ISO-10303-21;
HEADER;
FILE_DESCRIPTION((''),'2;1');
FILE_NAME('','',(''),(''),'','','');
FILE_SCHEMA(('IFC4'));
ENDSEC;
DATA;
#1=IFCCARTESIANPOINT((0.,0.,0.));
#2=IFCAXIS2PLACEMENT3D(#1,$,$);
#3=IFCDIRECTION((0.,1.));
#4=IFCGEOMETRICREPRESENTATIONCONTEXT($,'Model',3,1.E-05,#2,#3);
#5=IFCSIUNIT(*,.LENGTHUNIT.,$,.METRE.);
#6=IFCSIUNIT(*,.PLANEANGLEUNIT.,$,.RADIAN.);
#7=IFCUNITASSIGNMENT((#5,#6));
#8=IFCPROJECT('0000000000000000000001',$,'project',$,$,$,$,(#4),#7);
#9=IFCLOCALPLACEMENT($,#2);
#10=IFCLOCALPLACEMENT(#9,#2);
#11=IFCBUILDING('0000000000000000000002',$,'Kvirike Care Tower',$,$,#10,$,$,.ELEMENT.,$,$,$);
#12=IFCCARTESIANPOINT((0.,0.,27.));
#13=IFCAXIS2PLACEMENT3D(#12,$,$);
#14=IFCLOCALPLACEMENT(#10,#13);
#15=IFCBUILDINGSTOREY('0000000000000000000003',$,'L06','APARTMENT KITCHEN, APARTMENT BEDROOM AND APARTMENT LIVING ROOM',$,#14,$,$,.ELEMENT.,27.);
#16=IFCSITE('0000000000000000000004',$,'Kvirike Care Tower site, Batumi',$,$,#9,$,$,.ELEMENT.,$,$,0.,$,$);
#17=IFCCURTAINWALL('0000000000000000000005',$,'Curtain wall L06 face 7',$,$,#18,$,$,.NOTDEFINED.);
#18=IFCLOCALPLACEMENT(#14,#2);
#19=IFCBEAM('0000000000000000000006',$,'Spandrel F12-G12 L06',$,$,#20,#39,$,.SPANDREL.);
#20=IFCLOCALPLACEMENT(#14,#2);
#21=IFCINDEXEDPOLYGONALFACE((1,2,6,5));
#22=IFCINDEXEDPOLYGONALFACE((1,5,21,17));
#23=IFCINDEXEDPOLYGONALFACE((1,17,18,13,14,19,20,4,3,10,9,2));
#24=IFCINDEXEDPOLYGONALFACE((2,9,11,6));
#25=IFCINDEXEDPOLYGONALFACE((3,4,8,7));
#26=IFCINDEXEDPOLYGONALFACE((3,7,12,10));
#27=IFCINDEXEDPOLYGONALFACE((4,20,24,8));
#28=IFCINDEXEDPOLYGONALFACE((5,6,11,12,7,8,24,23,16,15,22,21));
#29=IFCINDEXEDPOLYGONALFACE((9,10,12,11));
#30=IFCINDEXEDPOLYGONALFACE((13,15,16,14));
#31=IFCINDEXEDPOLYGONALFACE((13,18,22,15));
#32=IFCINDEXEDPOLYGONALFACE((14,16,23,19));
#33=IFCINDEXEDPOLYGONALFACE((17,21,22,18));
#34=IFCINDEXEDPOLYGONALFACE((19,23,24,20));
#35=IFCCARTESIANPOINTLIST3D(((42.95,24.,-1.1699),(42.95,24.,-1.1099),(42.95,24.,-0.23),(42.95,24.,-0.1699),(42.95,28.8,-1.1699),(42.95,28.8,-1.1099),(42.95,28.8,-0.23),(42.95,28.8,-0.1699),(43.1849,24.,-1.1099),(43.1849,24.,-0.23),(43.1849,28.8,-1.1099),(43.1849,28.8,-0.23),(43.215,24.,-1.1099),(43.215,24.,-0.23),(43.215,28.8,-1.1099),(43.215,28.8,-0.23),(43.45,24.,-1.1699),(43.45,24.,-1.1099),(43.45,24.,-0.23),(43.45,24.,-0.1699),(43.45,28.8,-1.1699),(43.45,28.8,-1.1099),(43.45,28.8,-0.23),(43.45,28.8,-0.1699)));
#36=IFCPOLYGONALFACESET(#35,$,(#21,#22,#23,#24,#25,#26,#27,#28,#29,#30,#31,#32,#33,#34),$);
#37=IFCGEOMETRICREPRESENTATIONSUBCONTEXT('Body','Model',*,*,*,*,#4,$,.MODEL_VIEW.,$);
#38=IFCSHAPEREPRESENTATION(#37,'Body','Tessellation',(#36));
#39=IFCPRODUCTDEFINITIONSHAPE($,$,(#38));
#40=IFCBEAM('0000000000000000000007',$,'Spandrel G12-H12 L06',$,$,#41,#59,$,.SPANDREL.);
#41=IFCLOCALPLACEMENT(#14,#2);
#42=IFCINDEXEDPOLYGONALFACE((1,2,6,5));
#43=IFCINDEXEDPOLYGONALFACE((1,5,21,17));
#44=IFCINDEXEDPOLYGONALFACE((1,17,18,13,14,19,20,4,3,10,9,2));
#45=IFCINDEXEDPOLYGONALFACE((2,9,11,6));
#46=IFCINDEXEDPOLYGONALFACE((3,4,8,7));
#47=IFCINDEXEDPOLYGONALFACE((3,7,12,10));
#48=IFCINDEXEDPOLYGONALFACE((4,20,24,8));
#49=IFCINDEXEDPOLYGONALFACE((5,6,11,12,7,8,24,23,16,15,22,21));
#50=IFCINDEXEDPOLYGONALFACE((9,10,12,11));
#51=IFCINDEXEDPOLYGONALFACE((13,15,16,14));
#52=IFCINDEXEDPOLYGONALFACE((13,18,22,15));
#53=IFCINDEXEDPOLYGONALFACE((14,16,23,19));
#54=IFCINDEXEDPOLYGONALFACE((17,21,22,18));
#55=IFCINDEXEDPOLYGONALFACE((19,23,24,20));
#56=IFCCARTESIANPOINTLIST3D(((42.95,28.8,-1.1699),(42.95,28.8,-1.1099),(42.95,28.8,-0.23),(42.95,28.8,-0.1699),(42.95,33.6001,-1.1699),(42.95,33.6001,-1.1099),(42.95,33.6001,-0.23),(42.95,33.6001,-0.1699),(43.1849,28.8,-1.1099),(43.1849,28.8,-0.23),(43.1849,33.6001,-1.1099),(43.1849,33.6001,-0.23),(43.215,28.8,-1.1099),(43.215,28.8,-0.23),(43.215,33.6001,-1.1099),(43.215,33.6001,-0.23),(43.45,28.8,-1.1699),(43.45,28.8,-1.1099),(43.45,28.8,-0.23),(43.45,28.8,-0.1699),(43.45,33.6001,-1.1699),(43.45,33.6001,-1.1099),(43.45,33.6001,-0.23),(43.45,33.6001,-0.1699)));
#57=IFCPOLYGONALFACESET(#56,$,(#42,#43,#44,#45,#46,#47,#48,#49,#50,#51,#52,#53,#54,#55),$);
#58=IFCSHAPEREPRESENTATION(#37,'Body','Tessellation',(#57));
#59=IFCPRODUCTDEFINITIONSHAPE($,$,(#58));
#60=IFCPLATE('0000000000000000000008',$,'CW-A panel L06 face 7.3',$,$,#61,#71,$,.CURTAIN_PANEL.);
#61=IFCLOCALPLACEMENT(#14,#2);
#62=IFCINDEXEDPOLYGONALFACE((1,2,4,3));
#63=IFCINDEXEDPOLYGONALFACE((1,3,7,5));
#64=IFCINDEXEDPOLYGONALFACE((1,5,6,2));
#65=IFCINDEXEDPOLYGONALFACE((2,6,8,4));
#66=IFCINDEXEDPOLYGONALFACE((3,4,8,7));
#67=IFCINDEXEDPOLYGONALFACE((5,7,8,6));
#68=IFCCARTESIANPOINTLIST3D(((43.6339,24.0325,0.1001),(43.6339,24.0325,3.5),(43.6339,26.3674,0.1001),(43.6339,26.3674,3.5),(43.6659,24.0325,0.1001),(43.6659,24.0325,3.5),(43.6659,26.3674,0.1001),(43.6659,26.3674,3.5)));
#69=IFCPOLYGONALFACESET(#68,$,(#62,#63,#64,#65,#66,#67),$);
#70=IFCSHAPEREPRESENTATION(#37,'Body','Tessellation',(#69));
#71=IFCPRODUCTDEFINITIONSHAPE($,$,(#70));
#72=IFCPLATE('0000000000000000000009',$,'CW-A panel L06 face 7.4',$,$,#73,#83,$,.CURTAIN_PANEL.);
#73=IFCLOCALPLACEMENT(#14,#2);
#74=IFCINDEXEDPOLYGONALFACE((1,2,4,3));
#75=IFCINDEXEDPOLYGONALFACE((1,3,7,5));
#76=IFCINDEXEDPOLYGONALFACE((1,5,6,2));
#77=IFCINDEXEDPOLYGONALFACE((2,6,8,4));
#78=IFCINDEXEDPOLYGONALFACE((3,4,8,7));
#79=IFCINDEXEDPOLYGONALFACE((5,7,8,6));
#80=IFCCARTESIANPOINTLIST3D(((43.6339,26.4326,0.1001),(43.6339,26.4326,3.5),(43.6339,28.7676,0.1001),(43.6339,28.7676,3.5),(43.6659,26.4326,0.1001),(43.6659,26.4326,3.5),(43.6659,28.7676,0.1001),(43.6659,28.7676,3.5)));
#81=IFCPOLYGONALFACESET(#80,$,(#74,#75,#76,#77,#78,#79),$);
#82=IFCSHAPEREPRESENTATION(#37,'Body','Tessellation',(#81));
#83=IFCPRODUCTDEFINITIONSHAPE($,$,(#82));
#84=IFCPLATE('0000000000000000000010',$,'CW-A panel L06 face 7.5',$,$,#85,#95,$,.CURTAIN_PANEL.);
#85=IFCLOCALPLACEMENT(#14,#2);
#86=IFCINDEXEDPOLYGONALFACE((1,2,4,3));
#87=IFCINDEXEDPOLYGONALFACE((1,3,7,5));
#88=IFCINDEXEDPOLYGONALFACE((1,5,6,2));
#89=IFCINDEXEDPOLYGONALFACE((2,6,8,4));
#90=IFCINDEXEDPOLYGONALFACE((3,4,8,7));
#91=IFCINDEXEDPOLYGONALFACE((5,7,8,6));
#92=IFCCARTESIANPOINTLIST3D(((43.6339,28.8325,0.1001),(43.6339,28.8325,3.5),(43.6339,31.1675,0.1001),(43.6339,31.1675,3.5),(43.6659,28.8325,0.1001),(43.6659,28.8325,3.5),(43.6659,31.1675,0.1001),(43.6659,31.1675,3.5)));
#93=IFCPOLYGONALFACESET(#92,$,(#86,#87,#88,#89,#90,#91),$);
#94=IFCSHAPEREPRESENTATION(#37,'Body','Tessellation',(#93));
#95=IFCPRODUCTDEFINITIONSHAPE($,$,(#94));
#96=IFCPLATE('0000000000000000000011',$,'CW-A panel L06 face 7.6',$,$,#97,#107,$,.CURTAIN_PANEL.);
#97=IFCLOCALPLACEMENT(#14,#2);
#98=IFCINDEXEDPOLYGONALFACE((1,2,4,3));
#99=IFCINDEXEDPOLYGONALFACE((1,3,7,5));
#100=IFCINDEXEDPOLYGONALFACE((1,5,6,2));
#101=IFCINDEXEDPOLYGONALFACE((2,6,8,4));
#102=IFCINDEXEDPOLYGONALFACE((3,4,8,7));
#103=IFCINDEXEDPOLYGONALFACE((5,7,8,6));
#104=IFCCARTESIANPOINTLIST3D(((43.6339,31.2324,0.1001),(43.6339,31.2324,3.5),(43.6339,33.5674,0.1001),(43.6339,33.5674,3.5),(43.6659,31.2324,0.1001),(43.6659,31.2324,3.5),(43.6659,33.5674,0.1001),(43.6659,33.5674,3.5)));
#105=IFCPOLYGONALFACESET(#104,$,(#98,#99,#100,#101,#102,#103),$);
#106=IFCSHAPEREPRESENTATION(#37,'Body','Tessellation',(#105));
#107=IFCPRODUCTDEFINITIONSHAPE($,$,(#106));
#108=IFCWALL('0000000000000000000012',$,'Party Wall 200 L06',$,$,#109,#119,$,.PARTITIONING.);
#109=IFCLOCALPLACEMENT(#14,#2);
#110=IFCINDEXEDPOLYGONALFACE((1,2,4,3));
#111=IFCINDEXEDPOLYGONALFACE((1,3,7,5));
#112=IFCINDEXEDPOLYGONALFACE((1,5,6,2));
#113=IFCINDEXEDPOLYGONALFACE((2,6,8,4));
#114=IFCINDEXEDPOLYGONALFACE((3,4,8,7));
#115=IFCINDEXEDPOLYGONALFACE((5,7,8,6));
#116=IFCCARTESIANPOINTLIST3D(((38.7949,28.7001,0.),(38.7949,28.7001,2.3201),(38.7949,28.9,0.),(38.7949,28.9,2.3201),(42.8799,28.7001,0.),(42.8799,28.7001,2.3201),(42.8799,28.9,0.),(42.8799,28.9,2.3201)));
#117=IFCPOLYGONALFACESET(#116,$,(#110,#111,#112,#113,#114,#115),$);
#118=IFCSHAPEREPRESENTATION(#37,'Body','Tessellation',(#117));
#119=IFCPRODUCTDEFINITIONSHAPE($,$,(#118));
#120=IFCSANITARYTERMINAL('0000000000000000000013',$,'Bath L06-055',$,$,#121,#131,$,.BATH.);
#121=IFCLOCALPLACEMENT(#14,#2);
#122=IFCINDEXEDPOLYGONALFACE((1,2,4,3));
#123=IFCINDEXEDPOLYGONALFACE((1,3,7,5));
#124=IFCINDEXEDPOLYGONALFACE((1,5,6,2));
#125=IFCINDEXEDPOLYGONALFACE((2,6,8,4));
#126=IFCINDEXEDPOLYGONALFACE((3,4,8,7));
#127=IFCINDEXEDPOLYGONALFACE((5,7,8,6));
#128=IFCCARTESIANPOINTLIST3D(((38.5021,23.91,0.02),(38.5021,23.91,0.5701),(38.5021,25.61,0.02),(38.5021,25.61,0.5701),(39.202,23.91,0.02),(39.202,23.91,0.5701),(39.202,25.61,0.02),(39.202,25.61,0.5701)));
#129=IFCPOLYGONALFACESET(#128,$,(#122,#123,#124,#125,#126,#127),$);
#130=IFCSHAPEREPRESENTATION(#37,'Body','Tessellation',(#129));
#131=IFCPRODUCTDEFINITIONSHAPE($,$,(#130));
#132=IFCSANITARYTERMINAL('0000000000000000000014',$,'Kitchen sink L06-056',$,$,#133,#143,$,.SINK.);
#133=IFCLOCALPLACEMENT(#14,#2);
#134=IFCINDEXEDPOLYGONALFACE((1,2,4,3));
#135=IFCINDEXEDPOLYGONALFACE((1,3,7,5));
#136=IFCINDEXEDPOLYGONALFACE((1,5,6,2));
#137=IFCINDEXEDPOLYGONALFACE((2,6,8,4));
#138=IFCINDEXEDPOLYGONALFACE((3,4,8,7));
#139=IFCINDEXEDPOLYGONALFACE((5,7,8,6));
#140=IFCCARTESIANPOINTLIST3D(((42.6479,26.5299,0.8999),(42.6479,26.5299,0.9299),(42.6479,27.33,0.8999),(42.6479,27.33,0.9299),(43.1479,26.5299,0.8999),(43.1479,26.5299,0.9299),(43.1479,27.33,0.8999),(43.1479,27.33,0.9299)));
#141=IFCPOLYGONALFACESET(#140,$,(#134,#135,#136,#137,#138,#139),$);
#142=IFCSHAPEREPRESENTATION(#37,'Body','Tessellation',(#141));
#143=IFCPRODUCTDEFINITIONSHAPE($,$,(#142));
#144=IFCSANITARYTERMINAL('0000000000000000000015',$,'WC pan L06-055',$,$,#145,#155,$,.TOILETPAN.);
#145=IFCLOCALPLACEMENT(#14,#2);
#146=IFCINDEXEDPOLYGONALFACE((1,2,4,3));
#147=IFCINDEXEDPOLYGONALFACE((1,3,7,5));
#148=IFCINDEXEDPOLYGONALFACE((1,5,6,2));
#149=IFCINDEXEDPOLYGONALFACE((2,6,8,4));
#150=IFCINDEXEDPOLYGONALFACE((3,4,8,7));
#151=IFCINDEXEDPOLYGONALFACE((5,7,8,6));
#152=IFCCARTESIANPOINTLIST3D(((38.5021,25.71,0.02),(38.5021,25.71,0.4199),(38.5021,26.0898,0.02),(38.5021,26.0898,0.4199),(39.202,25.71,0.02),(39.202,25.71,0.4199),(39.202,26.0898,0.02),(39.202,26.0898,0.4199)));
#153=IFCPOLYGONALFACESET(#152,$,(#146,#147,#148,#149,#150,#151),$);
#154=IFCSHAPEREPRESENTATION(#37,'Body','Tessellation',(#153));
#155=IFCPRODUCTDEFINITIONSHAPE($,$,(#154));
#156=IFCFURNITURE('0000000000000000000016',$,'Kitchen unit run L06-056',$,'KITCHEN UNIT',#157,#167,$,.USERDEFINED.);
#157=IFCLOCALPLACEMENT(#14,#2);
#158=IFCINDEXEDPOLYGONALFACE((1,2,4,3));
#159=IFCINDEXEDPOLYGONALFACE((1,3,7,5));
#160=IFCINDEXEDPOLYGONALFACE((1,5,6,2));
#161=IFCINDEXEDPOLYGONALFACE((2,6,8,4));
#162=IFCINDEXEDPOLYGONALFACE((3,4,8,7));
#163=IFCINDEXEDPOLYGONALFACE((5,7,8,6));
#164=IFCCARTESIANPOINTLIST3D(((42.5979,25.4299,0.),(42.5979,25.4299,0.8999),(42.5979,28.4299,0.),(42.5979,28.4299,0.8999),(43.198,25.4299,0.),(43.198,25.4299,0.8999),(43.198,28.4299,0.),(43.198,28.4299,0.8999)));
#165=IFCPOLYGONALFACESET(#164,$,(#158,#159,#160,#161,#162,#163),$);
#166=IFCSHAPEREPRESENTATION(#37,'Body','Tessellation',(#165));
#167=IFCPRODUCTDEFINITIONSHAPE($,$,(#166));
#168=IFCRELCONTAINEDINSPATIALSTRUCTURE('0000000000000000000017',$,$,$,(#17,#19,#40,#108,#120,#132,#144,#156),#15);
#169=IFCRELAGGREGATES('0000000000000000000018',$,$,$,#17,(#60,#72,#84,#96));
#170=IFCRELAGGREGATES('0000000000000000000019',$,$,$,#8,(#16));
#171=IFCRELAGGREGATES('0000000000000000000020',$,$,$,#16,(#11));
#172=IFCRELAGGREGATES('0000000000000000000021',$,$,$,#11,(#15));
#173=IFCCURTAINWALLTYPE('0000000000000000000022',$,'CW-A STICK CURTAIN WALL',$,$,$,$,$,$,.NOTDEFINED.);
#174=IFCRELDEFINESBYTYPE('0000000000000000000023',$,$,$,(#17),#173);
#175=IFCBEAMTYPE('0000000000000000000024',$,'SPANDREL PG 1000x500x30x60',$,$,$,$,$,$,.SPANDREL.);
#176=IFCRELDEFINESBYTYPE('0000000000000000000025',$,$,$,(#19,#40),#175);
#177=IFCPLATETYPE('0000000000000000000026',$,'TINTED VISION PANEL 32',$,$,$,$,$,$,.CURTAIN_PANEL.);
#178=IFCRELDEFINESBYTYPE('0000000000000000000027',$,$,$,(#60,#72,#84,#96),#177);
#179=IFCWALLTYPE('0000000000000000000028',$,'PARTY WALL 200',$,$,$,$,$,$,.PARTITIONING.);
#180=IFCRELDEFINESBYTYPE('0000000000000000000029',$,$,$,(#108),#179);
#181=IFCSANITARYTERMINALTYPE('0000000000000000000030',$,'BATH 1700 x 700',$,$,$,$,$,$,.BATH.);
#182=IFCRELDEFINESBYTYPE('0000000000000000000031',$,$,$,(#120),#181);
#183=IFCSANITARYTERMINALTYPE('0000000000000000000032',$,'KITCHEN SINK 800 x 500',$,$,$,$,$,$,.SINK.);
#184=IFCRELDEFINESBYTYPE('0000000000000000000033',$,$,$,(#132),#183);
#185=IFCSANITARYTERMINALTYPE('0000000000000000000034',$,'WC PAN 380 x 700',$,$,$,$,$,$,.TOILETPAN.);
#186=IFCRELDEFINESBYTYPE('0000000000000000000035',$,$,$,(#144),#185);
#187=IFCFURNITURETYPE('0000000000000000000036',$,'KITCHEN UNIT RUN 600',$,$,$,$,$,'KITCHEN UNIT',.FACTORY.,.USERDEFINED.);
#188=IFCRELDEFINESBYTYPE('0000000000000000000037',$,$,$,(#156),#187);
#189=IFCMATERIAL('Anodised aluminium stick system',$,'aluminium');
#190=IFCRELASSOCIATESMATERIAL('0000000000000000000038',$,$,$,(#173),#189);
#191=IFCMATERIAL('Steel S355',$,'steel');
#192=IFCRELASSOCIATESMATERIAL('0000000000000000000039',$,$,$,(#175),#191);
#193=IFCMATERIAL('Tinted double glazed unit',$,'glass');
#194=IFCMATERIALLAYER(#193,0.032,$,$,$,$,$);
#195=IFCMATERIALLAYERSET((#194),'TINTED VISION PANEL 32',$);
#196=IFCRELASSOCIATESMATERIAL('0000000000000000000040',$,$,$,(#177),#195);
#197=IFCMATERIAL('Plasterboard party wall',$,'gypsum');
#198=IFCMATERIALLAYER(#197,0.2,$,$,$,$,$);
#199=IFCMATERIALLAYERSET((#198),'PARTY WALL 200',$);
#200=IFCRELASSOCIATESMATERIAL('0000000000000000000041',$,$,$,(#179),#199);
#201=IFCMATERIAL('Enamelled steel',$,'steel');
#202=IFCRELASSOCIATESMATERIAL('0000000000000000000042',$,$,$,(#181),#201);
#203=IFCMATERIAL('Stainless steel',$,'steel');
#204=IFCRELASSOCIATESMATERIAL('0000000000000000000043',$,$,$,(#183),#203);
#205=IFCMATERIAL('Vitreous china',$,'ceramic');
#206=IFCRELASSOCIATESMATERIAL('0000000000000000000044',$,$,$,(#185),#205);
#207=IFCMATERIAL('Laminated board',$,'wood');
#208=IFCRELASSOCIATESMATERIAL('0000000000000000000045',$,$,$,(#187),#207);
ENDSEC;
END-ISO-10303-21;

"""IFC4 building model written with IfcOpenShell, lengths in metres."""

from ifc_helpers import new_model, si_unit, direction, frame, frame_2d, origin, origin_2d, place, context, subcontext, project, spatial, rectangle, i_section, extrude, material, layer, layer_set, material_profile, profile_set, type_object, element, aggregate, save


model = new_model("IFC4")

# Units and contexts
model_context = context("Model", 3, precision=1e-05, world=origin(), true_north=direction((0.0, 1.0)))
body_context = subcontext(model_context, "Body", "Model", "MODEL_VIEW")
ifc_project = project(units=[si_unit("LENGTHUNIT", "METRE"), si_unit("PLANEANGLEUNIT", "RADIAN")], contexts=[model_context])

# Site, building, storey
site_placement = place(None, origin())
site = spatial("IfcSite", under=ifc_project, at=site_placement, Name="Kvirike Care Tower site, Batumi", CompositionType="ELEMENT", RefElevation=0.0)
building_placement = place(site_placement, origin())
building = spatial("IfcBuilding", under=site, at=building_placement, Name="Kvirike Care Tower", CompositionType="ELEMENT")
storey_placement = place(building_placement, frame((0.0, 0.0, 27.0)))
storey = spatial("IfcBuildingStorey", under=building, at=storey_placement, Name="L06", Description="APARTMENT KITCHEN, APARTMENT BEDROOM AND APARTMENT LIVING ROOM", CompositionType="ELEMENT", Elevation=27.0)

# Curtain wall
ifc_material_1 = material(Name="Anodised aluminium stick system", Category="aluminium")
curtain_wall_type = type_object("IfcCurtainWallType", Name="CW-A STICK CURTAIN WALL", PredefinedType="NOTDEFINED", material=ifc_material_1)
curtain_wall_placement = place(storey_placement, origin())
curtain_wall = element("IfcCurtainWall", 1, at=curtain_wall_placement, inside=storey, type_object=curtain_wall_type, Name="Curtain wall L06 face 7", PredefinedType="NOTDEFINED")

# Beams
ifc_material_2 = material(Name="Steel S355", Category="steel")
ifc_material_profile_1 = material_profile(ifc_material_2, i_section(OverallWidth=0.5, OverallDepth=1.0, WebThickness=0.03, FlangeThickness=0.0601, at=origin_2d()), Name="PG 1000x500x30x60")
ifc_profile_set_1 = profile_set([ifc_material_profile_1], Name="Steel S355")
beam_type = type_object("IfcBeamType", Name="SPANDREL PG 1000x500x30x60", PredefinedType="SPANDREL", material=ifc_profile_set_1)
for number, where, z_axis, x_axis, name in (
    (2, (43.2, 24.0, -0.6699), (0.0, 1.0, 0.0), (-1.0, 0.0, 0.0), "Spandrel F12-G12 L06"),
    (3, (43.2, 28.8, -0.6699), (0.0, 1.0, 0.0), (-1.0, 0.0, 0.0), "Spandrel G12-H12 L06"),
):
    element("IfcBeam", number, at=place(storey_placement, frame(where, z_axis=z_axis, x_axis=x_axis)), inside=storey, type_object=beam_type, Name=name, PredefinedType="SPANDREL", context=body_context, shape_type="SweptSolid", body=[
        extrude(i_section(OverallWidth=0.5, OverallDepth=1.0, WebThickness=0.03, FlangeThickness=0.0601, at=origin_2d()), origin(), (0.0, 0.0, 1.0), 4.8),
    ])

# Plates
ifc_material_3 = material(Name="Tinted double glazed unit", Category="glass")
ifc_layer_1 = layer(ifc_material_3, 0.032)
ifc_layer_set_1 = layer_set([ifc_layer_1], Name="TINTED VISION PANEL 32")
plate_type = type_object("IfcPlateType", Name="TINTED VISION PANEL 32", PredefinedType="CURTAIN_PANEL", material=ifc_layer_set_1)
plate_1_placement = place(storey_placement, frame((43.6499, 25.2, 0.1001), z_axis=(0.0, 0.0, 1.0), x_axis=(0.0, 1.0, 0.0)))
plate_1 = element("IfcPlate", 4, at=plate_1_placement, type_object=plate_type, Name="CW-A panel L06 face 7.3", PredefinedType="CURTAIN_PANEL", context=body_context, shape_type="SweptSolid", body=[
    extrude(rectangle(XDim=2.335, YDim=0.032, at=origin_2d()), origin(), (0.0, 0.0, 1.0), 3.3999),
])
plate_2_placement = place(storey_placement, frame((43.6499, 27.6001, 0.1001), z_axis=(0.0, 0.0, 1.0), x_axis=(0.0, 1.0, 0.0)))
plate_2 = element("IfcPlate", 5, at=plate_2_placement, type_object=plate_type, Name="CW-A panel L06 face 7.4", PredefinedType="CURTAIN_PANEL", context=body_context, shape_type="SweptSolid", body=[
    extrude(rectangle(XDim=2.335, YDim=0.032, at=origin_2d()), origin(), (0.0, 0.0, 1.0), 3.3999),
])
plate_3_placement = place(storey_placement, frame((43.6499, 30.0, 0.1001), z_axis=(0.0, 0.0, 1.0), x_axis=(0.0, 1.0, 0.0)))
plate_3 = element("IfcPlate", 6, at=plate_3_placement, type_object=plate_type, Name="CW-A panel L06 face 7.5", PredefinedType="CURTAIN_PANEL", context=body_context, shape_type="SweptSolid", body=[
    extrude(rectangle(XDim=2.335, YDim=0.032, at=origin_2d()), origin(), (0.0, 0.0, 1.0), 3.3999),
])
plate_4_placement = place(storey_placement, frame((43.6499, 32.3999, 0.1001), z_axis=(0.0, 0.0, 1.0), x_axis=(0.0, 1.0, 0.0)))
plate_4 = element("IfcPlate", 7, at=plate_4_placement, type_object=plate_type, Name="CW-A panel L06 face 7.6", PredefinedType="CURTAIN_PANEL", context=body_context, shape_type="SweptSolid", body=[
    extrude(rectangle(XDim=2.335, YDim=0.032, at=origin_2d()), origin(), (0.0, 0.0, 1.0), 3.3999),
])
aggregate(curtain_wall, [plate_1, plate_2, plate_3, plate_4])

# Wall
ifc_material_4 = material(Name="Plasterboard party wall", Category="gypsum")
ifc_layer_2 = layer(ifc_material_4, 0.2)
ifc_layer_set_2 = layer_set([ifc_layer_2], Name="PARTY WALL 200")
wall_type = type_object("IfcWallType", Name="PARTY WALL 200", PredefinedType="PARTITIONING", material=ifc_layer_set_2)
wall_placement = place(storey_placement, frame((42.8799, 28.8, 0.0), z_axis=(0.0, 0.0, 1.0), x_axis=(-1.0, 0.0, 0.0)))
element("IfcWall", 8, at=wall_placement, inside=storey, type_object=wall_type, Name="Party Wall 200 L06", PredefinedType="PARTITIONING", context=body_context, shape_type="SweptSolid", body=[
    extrude(rectangle(XDim=4.085, YDim=0.2, at=frame_2d((2.0425, 0.0))), origin(), (0.0, 0.0, 1.0), 2.3201),
])

# Sanitary terminals
ifc_material_5 = material(Name="Enamelled steel", Category="steel")
sanitary_terminal_type_1 = type_object("IfcSanitaryTerminalType", Name="BATH 1700 x 700", PredefinedType="BATH", material=ifc_material_5)
sanitary_terminal_1_placement = place(storey_placement, frame((38.8521, 24.76, 0.02), z_axis=(0.0, 0.0, 1.0), x_axis=(0.0, 1.0, 0.0)))
element("IfcSanitaryTerminal", 9, at=sanitary_terminal_1_placement, inside=storey, type_object=sanitary_terminal_type_1, Name="Bath L06-055", PredefinedType="BATH", context=body_context, shape_type="SweptSolid", body=[
    extrude(rectangle(XDim=1.7, YDim=0.7, at=origin_2d()), origin(), (0.0, 0.0, 1.0), 0.55),
])
ifc_material_6 = material(Name="Stainless steel", Category="steel")
sanitary_terminal_type_2 = type_object("IfcSanitaryTerminalType", Name="KITCHEN SINK 800 x 500", PredefinedType="SINK", material=ifc_material_6)
sanitary_terminal_2_placement = place(storey_placement, frame((42.8979, 26.9299, 0.8999), z_axis=(0.0, 0.0, 1.0), x_axis=(0.0, -1.0, 0.0)))
element("IfcSanitaryTerminal", 10, at=sanitary_terminal_2_placement, inside=storey, type_object=sanitary_terminal_type_2, Name="Kitchen sink L06-056", PredefinedType="SINK", context=body_context, shape_type="SweptSolid", body=[
    extrude(rectangle(XDim=0.8, YDim=0.5, at=origin_2d()), origin(), (0.0, 0.0, 1.0), 0.03),
])
ifc_material_7 = material(Name="Vitreous china", Category="ceramic")
sanitary_terminal_type_3 = type_object("IfcSanitaryTerminalType", Name="WC PAN 380 x 700", PredefinedType="TOILETPAN", material=ifc_material_7)
sanitary_terminal_3_placement = place(storey_placement, frame((38.8521, 25.8999, 0.02), z_axis=(0.0, 0.0, 1.0), x_axis=(0.0, 1.0, 0.0)))
element("IfcSanitaryTerminal", 11, at=sanitary_terminal_3_placement, inside=storey, type_object=sanitary_terminal_type_3, Name="WC pan L06-055", PredefinedType="TOILETPAN", context=body_context, shape_type="SweptSolid", body=[
    extrude(rectangle(XDim=0.3799, YDim=0.7, at=origin_2d()), origin(), (0.0, 0.0, 1.0), 0.3999),
])

# Furniture
ifc_material_8 = material(Name="Laminated board", Category="wood")
furniture_type = type_object("IfcFurnitureType", Name="KITCHEN UNIT RUN 600", ElementType="KITCHEN UNIT", AssemblyPlace="FACTORY", PredefinedType="USERDEFINED", material=ifc_material_8)
furniture_placement = place(storey_placement, frame((42.8979, 26.9299, 0.0), z_axis=(0.0, 0.0, 1.0), x_axis=(0.0, -1.0, 0.0)))
element("IfcFurniture", 12, at=furniture_placement, inside=storey, type_object=furniture_type, Name="Kitchen unit run L06-056", ObjectType="KITCHEN UNIT", PredefinedType="USERDEFINED", context=body_context, shape_type="SweptSolid", body=[
    extrude(rectangle(XDim=3.0, YDim=0.6001, at=origin_2d()), origin(), (0.0, 0.0, 1.0), 0.8999),
])

save(model, "model.ifc")
